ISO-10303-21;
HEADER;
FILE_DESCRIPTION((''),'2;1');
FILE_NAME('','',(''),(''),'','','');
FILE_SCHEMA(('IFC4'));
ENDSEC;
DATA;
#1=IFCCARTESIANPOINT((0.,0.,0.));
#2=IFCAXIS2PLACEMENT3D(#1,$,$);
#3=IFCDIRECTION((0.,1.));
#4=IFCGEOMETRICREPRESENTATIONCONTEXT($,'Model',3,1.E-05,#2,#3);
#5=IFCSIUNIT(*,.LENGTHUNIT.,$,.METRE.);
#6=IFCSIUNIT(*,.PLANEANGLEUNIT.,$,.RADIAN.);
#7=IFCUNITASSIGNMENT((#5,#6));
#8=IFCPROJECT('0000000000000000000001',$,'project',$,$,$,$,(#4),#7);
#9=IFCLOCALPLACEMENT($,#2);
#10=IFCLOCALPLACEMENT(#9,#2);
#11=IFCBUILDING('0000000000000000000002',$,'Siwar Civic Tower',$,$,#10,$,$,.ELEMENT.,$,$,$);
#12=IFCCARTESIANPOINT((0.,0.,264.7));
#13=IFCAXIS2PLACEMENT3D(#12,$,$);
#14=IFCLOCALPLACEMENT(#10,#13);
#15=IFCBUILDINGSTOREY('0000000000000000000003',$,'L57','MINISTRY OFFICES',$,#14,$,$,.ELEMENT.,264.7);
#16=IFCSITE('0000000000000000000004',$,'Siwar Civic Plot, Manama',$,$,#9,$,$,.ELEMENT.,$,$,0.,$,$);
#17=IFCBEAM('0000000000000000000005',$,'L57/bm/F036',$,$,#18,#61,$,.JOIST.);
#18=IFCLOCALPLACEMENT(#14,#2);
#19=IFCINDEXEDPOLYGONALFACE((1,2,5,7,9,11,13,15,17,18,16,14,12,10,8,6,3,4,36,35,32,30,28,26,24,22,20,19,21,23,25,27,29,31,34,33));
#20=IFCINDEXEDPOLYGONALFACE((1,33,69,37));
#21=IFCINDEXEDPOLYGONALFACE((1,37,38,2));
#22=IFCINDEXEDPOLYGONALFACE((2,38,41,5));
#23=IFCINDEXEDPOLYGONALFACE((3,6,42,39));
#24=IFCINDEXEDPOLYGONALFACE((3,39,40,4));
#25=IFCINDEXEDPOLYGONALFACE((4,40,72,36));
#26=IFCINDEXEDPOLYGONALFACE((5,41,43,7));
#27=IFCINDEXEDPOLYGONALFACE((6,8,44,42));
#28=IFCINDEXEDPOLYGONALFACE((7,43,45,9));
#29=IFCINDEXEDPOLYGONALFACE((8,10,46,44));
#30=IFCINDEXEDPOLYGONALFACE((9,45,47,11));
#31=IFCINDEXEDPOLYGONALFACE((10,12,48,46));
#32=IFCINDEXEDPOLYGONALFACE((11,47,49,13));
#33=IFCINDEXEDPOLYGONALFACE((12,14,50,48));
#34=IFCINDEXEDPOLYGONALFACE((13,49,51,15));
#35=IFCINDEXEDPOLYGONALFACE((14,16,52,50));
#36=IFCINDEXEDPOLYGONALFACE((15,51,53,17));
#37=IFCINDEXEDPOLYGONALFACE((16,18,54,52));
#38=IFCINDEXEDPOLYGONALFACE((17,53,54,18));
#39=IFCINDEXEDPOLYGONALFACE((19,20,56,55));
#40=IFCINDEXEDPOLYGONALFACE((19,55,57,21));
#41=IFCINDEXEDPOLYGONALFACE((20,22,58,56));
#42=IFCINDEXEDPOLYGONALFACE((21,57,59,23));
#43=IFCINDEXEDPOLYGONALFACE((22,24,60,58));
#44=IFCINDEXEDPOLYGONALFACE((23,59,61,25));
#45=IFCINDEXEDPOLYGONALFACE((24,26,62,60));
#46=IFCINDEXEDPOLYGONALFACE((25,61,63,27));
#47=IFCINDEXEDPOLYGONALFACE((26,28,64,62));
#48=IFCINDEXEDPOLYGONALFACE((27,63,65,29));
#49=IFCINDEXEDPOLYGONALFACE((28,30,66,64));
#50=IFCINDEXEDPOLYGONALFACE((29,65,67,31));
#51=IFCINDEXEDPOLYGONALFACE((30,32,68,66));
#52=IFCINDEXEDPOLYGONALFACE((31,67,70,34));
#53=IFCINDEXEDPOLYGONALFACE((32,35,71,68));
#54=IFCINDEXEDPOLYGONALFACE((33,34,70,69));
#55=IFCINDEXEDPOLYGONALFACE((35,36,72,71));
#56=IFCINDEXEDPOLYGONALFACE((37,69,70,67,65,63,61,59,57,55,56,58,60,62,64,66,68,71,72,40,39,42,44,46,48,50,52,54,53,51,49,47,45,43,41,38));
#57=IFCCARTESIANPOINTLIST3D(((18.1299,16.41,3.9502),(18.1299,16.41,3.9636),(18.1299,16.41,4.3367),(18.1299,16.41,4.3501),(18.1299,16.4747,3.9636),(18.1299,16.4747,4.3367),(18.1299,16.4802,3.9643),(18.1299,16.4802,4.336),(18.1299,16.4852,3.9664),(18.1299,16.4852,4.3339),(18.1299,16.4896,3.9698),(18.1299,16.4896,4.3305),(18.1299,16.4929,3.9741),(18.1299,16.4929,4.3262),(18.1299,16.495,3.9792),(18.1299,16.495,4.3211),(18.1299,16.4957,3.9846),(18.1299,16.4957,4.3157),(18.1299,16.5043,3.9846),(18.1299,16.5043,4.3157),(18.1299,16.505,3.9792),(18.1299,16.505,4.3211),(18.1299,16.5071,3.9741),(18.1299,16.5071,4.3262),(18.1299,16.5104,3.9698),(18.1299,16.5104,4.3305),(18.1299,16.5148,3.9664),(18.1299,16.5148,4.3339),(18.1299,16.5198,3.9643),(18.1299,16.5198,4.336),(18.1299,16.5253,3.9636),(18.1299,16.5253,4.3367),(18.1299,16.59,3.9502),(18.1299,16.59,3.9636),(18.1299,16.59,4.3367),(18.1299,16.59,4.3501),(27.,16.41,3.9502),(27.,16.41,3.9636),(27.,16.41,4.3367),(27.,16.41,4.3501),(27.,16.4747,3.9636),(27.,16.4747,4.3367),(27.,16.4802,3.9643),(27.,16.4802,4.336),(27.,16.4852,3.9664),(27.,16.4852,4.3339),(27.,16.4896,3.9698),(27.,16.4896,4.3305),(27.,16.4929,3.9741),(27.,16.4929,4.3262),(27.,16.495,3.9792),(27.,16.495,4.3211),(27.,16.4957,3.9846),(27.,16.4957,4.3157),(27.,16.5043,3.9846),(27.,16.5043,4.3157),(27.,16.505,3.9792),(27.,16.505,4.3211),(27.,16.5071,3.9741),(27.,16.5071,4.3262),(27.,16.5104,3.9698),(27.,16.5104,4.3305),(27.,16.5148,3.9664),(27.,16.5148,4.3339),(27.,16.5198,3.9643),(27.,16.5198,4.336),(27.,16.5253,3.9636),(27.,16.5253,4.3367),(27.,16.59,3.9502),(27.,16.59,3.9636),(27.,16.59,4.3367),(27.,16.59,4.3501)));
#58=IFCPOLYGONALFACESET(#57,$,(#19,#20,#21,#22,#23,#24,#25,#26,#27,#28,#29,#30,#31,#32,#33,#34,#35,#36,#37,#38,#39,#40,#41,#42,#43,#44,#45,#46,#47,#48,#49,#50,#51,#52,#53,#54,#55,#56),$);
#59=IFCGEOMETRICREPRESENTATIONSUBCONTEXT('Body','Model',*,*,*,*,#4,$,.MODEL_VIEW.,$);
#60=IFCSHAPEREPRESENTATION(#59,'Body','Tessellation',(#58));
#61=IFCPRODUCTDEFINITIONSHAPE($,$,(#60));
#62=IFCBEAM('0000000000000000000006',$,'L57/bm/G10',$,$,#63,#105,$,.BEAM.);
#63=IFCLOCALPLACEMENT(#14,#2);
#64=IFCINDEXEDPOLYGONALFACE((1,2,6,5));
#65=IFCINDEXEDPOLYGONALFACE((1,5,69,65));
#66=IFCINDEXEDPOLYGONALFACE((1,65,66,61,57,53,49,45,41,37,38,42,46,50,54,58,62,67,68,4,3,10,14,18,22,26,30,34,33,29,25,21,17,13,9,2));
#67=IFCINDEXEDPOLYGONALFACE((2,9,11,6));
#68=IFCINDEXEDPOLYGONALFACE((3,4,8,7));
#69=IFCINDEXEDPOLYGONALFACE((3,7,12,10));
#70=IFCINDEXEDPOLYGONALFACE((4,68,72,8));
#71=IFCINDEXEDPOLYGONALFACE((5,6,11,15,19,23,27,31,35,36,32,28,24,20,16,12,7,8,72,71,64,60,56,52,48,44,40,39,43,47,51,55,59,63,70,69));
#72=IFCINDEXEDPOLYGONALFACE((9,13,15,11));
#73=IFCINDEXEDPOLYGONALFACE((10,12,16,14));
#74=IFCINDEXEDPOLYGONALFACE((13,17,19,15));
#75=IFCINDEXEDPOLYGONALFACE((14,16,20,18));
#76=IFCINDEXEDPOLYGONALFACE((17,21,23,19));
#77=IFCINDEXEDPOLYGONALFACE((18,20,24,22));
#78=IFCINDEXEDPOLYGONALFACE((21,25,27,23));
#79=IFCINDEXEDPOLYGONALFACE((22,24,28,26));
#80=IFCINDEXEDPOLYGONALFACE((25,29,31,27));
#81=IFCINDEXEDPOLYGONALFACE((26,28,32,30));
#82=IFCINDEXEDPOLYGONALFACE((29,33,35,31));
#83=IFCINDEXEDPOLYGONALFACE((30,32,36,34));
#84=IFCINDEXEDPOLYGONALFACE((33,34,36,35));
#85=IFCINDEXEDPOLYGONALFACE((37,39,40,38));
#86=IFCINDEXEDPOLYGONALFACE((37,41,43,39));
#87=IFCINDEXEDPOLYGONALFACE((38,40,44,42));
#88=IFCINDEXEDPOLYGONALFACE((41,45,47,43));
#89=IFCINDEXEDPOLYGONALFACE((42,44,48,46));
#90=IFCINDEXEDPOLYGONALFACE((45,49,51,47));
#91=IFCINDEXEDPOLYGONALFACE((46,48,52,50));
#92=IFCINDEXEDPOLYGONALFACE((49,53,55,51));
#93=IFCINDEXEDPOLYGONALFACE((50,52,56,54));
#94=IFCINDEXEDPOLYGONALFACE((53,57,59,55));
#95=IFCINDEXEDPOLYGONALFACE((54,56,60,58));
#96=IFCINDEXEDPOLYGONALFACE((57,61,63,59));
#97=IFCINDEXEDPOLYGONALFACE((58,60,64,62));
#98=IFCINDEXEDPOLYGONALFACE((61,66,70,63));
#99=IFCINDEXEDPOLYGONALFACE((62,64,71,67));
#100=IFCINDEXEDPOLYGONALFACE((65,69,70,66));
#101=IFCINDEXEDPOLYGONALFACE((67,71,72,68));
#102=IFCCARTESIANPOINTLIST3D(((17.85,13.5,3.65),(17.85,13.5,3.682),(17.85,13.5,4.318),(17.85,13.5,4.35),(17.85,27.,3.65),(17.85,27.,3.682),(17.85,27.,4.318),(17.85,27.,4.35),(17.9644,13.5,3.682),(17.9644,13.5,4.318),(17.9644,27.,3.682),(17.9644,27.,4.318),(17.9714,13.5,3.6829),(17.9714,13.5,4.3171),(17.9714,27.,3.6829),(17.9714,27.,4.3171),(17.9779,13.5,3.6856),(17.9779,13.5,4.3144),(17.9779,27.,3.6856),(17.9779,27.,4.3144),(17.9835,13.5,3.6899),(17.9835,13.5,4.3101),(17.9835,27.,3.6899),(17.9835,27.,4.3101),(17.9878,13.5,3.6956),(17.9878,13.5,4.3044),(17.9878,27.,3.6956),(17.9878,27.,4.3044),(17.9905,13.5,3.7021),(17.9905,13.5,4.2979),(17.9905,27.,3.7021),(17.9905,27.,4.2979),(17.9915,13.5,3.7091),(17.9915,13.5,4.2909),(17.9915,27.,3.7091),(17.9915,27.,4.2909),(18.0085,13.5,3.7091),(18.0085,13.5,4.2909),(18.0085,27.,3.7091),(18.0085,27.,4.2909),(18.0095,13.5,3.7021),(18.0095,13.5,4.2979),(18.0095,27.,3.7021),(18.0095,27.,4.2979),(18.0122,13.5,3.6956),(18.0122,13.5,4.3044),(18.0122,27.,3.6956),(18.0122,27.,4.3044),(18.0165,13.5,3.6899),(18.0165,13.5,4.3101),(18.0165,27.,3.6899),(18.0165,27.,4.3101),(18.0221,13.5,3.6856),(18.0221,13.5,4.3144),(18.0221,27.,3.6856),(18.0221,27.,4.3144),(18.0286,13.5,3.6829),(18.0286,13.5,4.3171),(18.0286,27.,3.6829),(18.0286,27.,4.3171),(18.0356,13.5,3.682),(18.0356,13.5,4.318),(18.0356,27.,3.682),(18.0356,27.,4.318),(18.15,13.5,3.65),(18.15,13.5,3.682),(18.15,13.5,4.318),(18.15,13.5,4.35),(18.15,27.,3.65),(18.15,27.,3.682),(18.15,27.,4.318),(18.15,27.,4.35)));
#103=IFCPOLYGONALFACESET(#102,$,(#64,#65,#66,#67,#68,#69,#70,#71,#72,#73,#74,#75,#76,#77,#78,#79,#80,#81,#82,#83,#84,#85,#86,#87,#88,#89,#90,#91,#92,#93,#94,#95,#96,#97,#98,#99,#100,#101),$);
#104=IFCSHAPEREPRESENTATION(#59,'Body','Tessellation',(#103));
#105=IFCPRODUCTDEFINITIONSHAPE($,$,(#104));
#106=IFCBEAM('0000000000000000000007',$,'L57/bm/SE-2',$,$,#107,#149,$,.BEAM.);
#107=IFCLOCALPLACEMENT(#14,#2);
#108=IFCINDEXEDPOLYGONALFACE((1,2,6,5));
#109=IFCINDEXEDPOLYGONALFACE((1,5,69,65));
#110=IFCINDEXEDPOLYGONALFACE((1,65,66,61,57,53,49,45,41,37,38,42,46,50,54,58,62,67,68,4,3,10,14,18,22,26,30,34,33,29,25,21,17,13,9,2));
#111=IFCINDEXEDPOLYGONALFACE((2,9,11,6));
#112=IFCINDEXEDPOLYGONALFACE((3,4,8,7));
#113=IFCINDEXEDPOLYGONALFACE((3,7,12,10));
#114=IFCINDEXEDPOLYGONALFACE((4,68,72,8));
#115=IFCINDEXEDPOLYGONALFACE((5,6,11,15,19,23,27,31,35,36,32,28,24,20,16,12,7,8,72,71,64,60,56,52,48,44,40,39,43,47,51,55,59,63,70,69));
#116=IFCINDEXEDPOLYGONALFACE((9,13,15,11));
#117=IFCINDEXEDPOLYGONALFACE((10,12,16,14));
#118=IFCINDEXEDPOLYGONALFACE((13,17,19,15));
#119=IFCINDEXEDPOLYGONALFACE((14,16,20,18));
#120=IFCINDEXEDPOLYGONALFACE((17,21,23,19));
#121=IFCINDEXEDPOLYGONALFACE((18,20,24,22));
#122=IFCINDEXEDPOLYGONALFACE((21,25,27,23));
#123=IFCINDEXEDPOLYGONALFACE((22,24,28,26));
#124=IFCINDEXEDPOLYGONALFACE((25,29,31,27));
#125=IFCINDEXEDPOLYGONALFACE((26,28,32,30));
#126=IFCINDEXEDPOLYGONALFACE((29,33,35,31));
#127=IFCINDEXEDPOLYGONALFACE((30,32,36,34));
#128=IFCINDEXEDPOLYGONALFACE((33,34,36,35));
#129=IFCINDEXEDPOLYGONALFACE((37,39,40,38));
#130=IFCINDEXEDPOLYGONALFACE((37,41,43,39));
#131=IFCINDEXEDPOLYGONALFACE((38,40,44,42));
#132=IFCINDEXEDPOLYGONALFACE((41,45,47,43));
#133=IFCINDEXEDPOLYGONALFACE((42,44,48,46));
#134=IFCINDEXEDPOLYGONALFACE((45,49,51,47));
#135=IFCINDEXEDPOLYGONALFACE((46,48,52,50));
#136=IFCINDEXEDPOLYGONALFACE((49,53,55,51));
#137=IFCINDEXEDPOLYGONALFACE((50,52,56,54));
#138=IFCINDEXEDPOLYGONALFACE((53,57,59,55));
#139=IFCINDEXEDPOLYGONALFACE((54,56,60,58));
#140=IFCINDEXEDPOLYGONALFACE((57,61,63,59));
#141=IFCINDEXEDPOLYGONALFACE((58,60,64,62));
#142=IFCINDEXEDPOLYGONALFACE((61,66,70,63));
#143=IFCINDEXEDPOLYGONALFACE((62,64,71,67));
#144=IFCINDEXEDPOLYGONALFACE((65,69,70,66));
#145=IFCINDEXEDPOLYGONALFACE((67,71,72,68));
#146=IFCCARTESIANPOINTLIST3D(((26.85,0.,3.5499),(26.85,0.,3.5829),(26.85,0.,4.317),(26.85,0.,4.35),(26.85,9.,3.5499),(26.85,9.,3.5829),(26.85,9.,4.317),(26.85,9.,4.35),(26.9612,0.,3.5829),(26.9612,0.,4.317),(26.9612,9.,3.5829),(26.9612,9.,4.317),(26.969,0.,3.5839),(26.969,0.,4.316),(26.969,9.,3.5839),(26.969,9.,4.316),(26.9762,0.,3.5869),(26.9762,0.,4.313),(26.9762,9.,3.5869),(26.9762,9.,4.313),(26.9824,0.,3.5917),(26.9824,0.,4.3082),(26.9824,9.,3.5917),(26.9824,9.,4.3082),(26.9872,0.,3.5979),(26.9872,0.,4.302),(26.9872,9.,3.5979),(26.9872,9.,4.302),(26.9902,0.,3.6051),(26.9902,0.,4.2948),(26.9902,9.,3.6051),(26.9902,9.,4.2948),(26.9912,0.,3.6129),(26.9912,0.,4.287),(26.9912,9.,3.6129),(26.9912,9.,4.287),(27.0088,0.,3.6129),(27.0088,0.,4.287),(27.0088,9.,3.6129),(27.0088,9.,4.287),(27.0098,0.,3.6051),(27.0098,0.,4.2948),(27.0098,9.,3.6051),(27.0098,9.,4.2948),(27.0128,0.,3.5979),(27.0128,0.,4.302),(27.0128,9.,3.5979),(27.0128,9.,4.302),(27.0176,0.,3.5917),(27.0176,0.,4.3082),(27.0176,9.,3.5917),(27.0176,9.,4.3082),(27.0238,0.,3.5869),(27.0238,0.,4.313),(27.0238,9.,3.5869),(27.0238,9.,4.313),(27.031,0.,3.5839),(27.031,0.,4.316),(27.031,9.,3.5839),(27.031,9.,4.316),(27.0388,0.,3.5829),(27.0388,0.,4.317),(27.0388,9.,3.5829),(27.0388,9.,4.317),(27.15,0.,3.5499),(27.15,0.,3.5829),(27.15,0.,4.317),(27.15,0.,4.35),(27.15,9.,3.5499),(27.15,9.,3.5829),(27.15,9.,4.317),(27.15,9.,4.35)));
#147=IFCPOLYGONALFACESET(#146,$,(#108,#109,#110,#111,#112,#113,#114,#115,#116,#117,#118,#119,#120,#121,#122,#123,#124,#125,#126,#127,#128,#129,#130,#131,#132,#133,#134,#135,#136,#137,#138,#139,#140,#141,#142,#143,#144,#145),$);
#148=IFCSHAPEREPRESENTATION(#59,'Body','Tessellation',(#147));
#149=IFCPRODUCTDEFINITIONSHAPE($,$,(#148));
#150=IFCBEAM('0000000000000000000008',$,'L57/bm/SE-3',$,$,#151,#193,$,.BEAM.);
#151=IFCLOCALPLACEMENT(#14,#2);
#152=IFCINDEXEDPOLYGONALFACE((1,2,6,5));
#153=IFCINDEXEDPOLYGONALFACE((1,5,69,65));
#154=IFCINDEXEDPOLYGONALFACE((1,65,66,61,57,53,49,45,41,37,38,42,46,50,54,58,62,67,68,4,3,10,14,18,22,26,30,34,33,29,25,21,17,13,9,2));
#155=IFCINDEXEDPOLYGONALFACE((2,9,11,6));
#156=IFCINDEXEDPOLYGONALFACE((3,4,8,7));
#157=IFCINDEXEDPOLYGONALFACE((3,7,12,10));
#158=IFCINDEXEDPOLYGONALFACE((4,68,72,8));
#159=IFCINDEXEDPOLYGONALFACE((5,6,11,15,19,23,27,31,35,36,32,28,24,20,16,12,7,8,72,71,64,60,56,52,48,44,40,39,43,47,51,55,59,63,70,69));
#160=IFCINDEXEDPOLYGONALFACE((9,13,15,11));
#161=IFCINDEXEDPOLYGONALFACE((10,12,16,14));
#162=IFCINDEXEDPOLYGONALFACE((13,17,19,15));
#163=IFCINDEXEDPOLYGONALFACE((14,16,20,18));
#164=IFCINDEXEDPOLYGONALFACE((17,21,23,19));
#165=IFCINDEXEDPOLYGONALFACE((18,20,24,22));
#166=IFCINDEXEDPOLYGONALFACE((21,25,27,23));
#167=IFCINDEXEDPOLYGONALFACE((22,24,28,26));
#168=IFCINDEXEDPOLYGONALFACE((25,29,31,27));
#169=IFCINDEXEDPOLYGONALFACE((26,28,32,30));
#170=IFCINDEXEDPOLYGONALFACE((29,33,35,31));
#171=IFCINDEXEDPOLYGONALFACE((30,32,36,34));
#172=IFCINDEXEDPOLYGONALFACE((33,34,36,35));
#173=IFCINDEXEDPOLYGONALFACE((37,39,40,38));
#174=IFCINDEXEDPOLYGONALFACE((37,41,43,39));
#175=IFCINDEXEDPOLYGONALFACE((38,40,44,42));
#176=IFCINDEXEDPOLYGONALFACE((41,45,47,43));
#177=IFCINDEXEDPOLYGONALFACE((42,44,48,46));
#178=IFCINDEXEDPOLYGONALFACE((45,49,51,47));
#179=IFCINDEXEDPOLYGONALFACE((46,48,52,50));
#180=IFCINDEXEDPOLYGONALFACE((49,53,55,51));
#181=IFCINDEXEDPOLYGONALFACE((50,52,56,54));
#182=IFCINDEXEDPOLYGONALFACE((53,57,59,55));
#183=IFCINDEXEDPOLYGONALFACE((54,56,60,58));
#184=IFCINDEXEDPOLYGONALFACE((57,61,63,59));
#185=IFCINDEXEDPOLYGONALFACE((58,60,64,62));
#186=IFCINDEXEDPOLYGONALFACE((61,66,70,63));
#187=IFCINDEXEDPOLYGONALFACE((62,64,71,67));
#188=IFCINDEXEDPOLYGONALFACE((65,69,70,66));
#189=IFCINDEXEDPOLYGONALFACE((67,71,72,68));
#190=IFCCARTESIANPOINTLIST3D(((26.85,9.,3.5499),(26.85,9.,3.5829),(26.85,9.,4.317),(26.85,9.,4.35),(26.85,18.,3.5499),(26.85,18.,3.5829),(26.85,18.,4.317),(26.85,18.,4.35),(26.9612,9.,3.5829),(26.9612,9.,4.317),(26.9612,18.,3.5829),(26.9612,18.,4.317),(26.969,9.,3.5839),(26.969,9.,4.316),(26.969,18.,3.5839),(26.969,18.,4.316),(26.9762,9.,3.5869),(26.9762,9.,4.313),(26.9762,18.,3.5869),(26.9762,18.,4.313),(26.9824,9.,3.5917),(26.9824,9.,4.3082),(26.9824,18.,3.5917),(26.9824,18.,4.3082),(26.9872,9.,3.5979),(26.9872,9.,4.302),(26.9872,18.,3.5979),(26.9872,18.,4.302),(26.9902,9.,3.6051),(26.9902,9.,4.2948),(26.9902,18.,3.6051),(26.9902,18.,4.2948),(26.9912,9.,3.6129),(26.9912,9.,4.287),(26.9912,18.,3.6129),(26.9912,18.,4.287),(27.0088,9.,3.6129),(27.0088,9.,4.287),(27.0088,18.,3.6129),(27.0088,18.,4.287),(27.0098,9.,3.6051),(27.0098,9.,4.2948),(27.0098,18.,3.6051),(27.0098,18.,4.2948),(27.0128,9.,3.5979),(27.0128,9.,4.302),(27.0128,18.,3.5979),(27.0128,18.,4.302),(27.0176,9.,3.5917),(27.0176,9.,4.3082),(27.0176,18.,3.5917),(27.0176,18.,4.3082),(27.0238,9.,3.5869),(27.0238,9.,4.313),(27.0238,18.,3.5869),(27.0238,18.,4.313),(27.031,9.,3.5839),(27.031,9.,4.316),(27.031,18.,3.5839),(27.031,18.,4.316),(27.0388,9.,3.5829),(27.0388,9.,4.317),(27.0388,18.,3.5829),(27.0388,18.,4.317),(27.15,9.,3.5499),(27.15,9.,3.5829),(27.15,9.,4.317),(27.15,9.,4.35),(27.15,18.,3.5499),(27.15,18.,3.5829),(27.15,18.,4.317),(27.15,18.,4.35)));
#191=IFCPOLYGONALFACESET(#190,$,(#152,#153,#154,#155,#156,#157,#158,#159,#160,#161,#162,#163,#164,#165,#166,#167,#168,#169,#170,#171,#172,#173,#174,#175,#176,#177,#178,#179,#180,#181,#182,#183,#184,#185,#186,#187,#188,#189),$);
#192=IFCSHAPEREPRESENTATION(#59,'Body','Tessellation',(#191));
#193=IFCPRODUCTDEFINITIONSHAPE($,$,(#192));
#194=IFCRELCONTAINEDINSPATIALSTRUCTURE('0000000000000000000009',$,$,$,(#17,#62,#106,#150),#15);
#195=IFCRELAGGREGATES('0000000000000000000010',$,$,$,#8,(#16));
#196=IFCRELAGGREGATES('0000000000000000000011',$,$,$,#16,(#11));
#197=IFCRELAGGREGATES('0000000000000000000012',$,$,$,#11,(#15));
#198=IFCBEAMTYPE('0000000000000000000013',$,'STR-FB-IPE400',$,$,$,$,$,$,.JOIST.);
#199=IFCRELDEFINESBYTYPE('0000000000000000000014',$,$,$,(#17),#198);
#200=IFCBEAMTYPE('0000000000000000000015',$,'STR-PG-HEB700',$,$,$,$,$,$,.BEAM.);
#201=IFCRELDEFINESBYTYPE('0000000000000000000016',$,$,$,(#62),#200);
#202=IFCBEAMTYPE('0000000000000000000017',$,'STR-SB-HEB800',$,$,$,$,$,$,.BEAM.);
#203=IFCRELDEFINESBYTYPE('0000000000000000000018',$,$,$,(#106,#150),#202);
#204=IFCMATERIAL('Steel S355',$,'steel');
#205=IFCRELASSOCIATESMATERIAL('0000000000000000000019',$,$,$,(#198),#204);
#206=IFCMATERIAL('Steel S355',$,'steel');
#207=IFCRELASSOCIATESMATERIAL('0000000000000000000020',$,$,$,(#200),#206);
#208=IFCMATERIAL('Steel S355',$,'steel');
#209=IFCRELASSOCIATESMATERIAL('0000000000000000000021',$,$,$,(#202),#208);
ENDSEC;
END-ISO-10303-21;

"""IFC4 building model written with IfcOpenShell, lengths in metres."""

from ifc_helpers import new_model, si_unit, direction, frame, origin, origin_2d, place, context, subcontext, project, spatial, i_section, extrude, material, material_profile, profile_set, type_object, element, save


model = new_model("IFC4")

# Units and contexts
model_context = context("Model", 3, precision=1e-05, world=origin(), true_north=direction((0.0, 1.0)))
body_context = subcontext(model_context, "Body", "Model", "MODEL_VIEW")
ifc_project = project(units=[si_unit("LENGTHUNIT", "METRE"), si_unit("PLANEANGLEUNIT", "RADIAN")], contexts=[model_context])

# Site, building, storey
site_placement = place(None, origin())
site = spatial("IfcSite", under=ifc_project, at=site_placement, Name="Siwar Civic Plot, Manama", CompositionType="ELEMENT", RefElevation=0.0)
building_placement = place(site_placement, origin())
building = spatial("IfcBuilding", under=site, at=building_placement, Name="Siwar Civic Tower", CompositionType="ELEMENT")
storey_placement = place(building_placement, frame((0.0, 0.0, 264.7)))
storey = spatial("IfcBuildingStorey", under=building, at=storey_placement, Name="L57", Description="MINISTRY OFFICES", CompositionType="ELEMENT", Elevation=264.7)

# Beams
ifc_material_1 = material(Name="Steel S355", Category="steel")
ifc_material_profile_1 = material_profile(ifc_material_1, i_section(OverallWidth=0.1799, OverallDepth=0.3999, WebThickness=0.0085, FlangeThickness=0.0134, FilletRadius=0.021, at=origin_2d()), Name="IPE400")
ifc_profile_set_1 = profile_set([ifc_material_profile_1], Name="Steel S355")
beam_type_1 = type_object("IfcBeamType", Name="STR-FB-IPE400", PredefinedType="JOIST", material=ifc_profile_set_1)
beam_1_placement = place(storey_placement, frame((18.1299, 16.5, 4.1501), z_axis=(1.0, 0.0, 0.0), x_axis=(0.0, 1.0, 0.0)))
element("IfcBeam", 1, at=beam_1_placement, inside=storey, type_object=beam_type_1, Name="L57/bm/F036", PredefinedType="JOIST", context=body_context, shape_type="SweptSolid", body=[
    extrude(i_section(OverallWidth=0.1799, OverallDepth=0.3999, WebThickness=0.0085, FlangeThickness=0.0134, FilletRadius=0.021, at=origin_2d()), origin(), (0.0, 0.0, 1.0), 8.8701),
])
ifc_material_2 = material(Name="Steel S355", Category="steel")
ifc_material_profile_2 = material_profile(ifc_material_2, i_section(OverallWidth=0.3, OverallDepth=0.7, WebThickness=0.0171, FlangeThickness=0.032, FilletRadius=0.0271, at=origin_2d()), Name="HEB700")
ifc_profile_set_2 = profile_set([ifc_material_profile_2], Name="Steel S355")
beam_type_2 = type_object("IfcBeamType", Name="STR-PG-HEB700", PredefinedType="BEAM", material=ifc_profile_set_2)
beam_2_placement = place(storey_placement, frame((18.0, 13.5, 4.0), z_axis=(0.0, 1.0, 0.0), x_axis=(-1.0, 0.0, 0.0)))
element("IfcBeam", 2, at=beam_2_placement, inside=storey, type_object=beam_type_2, Name="L57/bm/G10", PredefinedType="BEAM", context=body_context, shape_type="SweptSolid", body=[
    extrude(i_section(OverallWidth=0.3, OverallDepth=0.7, WebThickness=0.0171, FlangeThickness=0.032, FilletRadius=0.0271, at=origin_2d()), origin(), (0.0, 0.0, 1.0), 13.5),
])
ifc_material_3 = material(Name="Steel S355", Category="steel")
ifc_material_profile_3 = material_profile(ifc_material_3, i_section(OverallWidth=0.3, OverallDepth=0.8, WebThickness=0.0176, FlangeThickness=0.033, FilletRadius=0.03, at=origin_2d()), Name="HEB800")
ifc_profile_set_3 = profile_set([ifc_material_profile_3], Name="Steel S355")
beam_type_3 = type_object("IfcBeamType", Name="STR-SB-HEB800", PredefinedType="BEAM", material=ifc_profile_set_3)
for number, where, z_axis, x_axis, name in (
    (3, (27.0, 0.0, 3.95), (0.0, 1.0, 0.0), (-1.0, 0.0, 0.0), "L57/bm/SE-2"),
    (4, (27.0, 9.0, 3.95), (0.0, 1.0, 0.0), (-1.0, 0.0, 0.0), "L57/bm/SE-3"),
):
    element("IfcBeam", number, at=place(storey_placement, frame(where, z_axis=z_axis, x_axis=x_axis)), inside=storey, type_object=beam_type_3, Name=name, PredefinedType="BEAM", context=body_context, shape_type="SweptSolid", body=[
        extrude(i_section(OverallWidth=0.3, OverallDepth=0.8, WebThickness=0.0176, FlangeThickness=0.033, FilletRadius=0.03, at=origin_2d()), origin(), (0.0, 0.0, 1.0), 9.0),
    ])

save(model, "model.ifc")
